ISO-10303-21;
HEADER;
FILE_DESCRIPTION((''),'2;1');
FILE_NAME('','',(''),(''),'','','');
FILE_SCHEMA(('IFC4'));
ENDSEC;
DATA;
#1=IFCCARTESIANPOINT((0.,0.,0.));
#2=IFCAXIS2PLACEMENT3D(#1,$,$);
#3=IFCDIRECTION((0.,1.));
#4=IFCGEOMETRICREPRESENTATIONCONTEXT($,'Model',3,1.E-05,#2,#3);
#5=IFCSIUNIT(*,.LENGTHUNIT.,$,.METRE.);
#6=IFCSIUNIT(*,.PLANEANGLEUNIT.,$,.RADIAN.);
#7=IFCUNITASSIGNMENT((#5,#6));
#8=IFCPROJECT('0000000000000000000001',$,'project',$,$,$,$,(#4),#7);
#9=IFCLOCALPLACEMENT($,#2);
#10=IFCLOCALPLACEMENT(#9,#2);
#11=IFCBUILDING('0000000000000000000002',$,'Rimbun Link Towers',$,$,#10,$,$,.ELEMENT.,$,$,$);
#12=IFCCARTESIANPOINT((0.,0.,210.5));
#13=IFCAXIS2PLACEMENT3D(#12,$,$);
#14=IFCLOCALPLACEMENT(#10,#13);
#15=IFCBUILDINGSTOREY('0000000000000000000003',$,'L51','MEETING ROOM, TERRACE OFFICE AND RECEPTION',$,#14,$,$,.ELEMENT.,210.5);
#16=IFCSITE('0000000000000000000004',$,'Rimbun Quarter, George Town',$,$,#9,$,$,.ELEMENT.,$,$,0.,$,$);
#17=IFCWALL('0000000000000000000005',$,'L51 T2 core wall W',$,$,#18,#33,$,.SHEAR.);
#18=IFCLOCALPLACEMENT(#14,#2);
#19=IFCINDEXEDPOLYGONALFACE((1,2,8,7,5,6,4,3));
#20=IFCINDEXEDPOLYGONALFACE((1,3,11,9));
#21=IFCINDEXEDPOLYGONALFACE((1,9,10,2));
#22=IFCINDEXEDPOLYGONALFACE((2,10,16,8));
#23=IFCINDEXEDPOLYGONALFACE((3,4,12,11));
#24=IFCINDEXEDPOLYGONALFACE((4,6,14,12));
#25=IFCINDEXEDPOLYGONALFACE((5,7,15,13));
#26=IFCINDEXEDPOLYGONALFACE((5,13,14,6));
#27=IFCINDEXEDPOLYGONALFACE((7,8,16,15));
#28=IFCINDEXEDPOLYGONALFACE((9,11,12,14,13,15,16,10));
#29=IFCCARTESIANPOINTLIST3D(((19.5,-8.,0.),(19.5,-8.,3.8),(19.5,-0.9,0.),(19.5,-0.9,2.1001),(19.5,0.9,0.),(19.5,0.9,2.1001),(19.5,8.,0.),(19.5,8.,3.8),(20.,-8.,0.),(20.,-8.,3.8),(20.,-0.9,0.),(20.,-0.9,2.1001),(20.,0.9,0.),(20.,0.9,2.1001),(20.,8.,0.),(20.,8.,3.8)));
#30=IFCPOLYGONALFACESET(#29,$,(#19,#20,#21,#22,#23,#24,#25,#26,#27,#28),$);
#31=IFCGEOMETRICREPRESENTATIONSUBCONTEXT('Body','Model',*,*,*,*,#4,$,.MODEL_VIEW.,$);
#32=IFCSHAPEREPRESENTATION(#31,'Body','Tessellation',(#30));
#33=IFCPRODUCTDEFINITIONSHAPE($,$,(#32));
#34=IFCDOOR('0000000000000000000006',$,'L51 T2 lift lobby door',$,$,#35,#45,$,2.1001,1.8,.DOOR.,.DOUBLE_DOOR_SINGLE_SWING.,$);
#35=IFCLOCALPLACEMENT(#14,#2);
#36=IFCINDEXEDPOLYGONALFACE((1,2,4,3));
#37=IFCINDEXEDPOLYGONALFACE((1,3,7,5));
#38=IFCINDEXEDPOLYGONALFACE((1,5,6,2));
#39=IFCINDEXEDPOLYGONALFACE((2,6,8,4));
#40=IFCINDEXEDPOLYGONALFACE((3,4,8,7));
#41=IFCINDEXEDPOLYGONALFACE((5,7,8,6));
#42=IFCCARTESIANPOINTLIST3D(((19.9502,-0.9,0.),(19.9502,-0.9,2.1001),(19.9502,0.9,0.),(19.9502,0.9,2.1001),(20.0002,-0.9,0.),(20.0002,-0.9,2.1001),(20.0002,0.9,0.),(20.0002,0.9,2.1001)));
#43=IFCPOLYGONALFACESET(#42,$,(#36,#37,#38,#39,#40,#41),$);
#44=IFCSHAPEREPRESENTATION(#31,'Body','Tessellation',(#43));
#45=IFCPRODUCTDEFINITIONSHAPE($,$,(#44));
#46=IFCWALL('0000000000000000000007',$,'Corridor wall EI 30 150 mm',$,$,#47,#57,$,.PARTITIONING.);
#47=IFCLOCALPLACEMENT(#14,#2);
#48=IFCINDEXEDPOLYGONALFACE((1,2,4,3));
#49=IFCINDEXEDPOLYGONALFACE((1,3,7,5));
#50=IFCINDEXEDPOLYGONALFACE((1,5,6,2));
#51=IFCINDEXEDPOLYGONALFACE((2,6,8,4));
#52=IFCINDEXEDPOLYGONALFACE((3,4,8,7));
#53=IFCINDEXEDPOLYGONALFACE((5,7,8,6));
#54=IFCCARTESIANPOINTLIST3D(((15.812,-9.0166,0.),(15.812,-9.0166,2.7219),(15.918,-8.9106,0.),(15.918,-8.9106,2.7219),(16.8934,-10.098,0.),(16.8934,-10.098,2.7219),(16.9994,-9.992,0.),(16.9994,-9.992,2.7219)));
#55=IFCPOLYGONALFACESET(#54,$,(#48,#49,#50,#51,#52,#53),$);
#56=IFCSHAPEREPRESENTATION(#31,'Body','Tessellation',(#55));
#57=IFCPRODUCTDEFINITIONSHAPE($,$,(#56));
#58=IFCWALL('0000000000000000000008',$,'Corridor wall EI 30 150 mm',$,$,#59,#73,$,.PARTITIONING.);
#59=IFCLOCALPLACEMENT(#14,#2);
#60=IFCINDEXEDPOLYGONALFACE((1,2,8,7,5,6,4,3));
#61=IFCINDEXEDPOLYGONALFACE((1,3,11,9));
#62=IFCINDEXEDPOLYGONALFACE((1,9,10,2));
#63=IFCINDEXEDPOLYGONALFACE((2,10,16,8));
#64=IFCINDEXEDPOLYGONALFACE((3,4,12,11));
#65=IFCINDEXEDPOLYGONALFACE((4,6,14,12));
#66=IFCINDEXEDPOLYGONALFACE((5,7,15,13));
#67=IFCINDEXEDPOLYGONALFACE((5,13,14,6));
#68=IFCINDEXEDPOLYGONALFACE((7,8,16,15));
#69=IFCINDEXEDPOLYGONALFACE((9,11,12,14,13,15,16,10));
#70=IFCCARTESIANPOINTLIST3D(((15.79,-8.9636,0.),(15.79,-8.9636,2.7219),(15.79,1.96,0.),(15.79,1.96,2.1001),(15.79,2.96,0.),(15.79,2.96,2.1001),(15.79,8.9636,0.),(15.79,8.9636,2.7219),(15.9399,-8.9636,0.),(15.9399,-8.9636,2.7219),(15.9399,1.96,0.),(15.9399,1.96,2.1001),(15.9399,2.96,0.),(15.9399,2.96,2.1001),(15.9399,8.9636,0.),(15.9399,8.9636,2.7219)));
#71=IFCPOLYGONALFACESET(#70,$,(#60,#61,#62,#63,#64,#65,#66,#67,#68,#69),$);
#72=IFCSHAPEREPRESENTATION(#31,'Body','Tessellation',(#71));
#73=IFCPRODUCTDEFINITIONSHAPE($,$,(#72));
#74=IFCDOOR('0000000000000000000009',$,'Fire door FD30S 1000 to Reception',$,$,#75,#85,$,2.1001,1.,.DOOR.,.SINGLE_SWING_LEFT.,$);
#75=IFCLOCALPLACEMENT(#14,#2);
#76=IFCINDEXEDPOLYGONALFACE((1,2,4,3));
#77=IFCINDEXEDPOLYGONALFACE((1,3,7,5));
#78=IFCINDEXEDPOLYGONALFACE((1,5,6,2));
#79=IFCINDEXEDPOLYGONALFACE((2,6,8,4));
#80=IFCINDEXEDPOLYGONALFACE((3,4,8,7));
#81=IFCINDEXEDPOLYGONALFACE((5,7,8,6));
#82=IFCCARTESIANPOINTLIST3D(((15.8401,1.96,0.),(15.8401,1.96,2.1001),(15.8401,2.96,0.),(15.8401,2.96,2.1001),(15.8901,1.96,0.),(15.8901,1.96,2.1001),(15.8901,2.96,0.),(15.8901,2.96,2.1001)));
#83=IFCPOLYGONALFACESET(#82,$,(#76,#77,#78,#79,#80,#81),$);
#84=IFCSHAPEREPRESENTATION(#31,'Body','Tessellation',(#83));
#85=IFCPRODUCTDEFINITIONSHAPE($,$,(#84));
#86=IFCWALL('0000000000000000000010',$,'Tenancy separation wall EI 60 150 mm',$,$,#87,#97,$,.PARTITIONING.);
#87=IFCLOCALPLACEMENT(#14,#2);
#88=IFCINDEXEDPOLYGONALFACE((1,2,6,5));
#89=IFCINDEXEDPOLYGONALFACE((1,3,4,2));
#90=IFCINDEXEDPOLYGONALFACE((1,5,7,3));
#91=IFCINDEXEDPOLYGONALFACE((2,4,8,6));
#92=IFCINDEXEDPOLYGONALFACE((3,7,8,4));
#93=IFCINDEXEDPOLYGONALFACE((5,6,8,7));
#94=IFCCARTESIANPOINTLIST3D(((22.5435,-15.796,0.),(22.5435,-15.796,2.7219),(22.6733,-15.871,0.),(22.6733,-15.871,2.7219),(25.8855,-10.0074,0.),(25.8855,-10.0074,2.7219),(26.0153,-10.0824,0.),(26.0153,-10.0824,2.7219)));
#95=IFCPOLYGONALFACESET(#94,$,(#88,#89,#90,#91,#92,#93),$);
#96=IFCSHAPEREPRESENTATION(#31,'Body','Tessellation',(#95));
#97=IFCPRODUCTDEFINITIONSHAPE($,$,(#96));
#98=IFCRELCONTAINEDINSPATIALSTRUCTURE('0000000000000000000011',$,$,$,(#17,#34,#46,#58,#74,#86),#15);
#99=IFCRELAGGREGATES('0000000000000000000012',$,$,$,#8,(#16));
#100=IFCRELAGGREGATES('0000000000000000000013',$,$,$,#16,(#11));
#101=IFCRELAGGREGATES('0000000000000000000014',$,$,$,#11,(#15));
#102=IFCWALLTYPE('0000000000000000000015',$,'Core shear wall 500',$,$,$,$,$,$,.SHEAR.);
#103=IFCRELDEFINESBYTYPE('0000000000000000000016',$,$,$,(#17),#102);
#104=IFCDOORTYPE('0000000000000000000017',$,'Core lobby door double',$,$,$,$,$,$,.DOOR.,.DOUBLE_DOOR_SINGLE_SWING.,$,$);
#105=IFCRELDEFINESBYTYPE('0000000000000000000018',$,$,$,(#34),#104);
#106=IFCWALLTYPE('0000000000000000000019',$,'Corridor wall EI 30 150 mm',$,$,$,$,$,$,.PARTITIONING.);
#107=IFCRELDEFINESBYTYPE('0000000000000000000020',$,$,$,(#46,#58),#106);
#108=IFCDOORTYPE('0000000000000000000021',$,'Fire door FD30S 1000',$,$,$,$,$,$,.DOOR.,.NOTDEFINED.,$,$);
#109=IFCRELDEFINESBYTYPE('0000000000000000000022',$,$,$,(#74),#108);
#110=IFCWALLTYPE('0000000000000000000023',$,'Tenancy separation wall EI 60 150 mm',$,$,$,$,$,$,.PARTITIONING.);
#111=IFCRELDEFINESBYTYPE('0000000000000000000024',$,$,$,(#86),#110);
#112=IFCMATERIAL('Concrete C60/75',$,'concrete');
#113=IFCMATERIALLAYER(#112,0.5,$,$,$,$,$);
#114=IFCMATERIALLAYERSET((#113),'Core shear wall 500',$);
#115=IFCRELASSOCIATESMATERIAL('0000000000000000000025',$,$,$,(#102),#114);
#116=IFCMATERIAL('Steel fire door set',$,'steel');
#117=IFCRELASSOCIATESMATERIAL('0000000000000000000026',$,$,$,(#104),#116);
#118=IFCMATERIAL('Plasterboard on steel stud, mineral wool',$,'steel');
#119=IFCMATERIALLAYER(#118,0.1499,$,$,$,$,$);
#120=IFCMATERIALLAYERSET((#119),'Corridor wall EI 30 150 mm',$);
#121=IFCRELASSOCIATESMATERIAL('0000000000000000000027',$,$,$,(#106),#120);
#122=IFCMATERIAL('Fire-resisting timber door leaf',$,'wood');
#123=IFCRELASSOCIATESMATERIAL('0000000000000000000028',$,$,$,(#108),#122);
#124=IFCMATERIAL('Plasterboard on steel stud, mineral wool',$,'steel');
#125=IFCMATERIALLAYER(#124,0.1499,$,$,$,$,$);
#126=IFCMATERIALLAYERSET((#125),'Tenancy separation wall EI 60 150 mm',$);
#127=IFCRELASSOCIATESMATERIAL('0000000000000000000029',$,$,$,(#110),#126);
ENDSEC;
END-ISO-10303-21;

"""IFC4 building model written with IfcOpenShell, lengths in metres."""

from ifc_helpers import new_model, si_unit, direction, frame, frame_2d, origin, place, context, subcontext, project, spatial, rectangle, extrude, material, layer, layer_set, type_object, element, fill, save


model = new_model("IFC4")

# Units and contexts
model_context = context("Model", 3, precision=1e-05, world=origin(), true_north=direction((0.0, 1.0)))
body_context = subcontext(model_context, "Body", "Model", "MODEL_VIEW")
ifc_project = project(units=[si_unit("LENGTHUNIT", "METRE"), si_unit("PLANEANGLEUNIT", "RADIAN")], contexts=[model_context])

# Site, building, storey
site_placement = place(None, origin())
site = spatial("IfcSite", under=ifc_project, at=site_placement, Name="Rimbun Quarter, George Town", CompositionType="ELEMENT", RefElevation=0.0)
building_placement = place(site_placement, origin())
building = spatial("IfcBuilding", under=site, at=building_placement, Name="Rimbun Link Towers", CompositionType="ELEMENT")
storey_placement = place(building_placement, frame((0.0, 0.0, 210.5)))
storey = spatial("IfcBuildingStorey", under=building, at=storey_placement, Name="L51", Description="MEETING ROOM, TERRACE OFFICE AND RECEPTION", CompositionType="ELEMENT", Elevation=210.5)

# Shared definitions
ifc_material_1 = material(Name="Concrete C60/75", Category="concrete")
ifc_layer_1 = layer(ifc_material_1, 0.5)
ifc_layer_set_1 = layer_set([ifc_layer_1], Name="Core shear wall 500")
wall_type_1 = type_object("IfcWallType", Name="Core shear wall 500", PredefinedType="SHEAR", material=ifc_layer_set_1)

# Wall, opening, door
wall_1_placement = place(storey_placement, frame((19.75, -8.0, 0.0), z_axis=(0.0, 0.0, 1.0), x_axis=(0.0, 1.0, 0.0)))
wall_1 = element("IfcWall", 1, at=wall_1_placement, inside=storey, type_object=wall_type_1, Name="L51 T2 core wall W", PredefinedType="SHEAR", context=body_context, shape_type="SweptSolid", body=[
    extrude(rectangle(XDim=16.0, YDim=0.5, at=frame_2d((8.0, 0.0))), origin(), (0.0, 0.0, 1.0), 3.8),
])
opening_1_placement = place(wall_1_placement, frame((7.1001, 0.0, 0.0)))
opening_1 = element("IfcOpeningElement", 2, at=opening_1_placement, cuts=wall_1, PredefinedType="OPENING", context=body_context, shape_type="SweptSolid", body=[
    extrude(rectangle(XDim=1.8, YDim=2.1001, at=frame_2d((0.8999, 1.05))), frame((0.0, 0.26, 0.0), z_axis=(0.0, -1.0, 0.0), x_axis=(1.0, 0.0, 0.0)), (0.0, 0.0, 1.0), 0.52),
])
ifc_material_2 = material(Name="Steel fire door set", Category="steel")
door_type_1 = type_object("IfcDoorType", Name="Core lobby door double", OperationType="DOUBLE_DOOR_SINGLE_SWING", PredefinedType="DOOR", material=ifc_material_2)
door_1_placement = place(opening_1_placement, origin())
door_1 = element("IfcDoor", 3, at=door_1_placement, inside=storey, type_object=door_type_1, Name="L51 T2 lift lobby door", OperationType="DOUBLE_DOOR_SINGLE_SWING", OverallHeight=2.1001, OverallWidth=1.8, PredefinedType="DOOR", context=body_context, shape_type="SweptSolid", body=[
    extrude(rectangle(XDim=1.8, YDim=2.1001, at=frame_2d((0.8999, 1.05))), frame((0.0, -0.2002, 0.0), z_axis=(0.0, -1.0, 0.0), x_axis=(1.0, 0.0, 0.0)), (0.0, 0.0, 1.0), 0.05),
])
fill(opening_1, door_1)

# Wall
ifc_material_3 = material(Name="Plasterboard on steel stud, mineral wool", Category="steel")
ifc_layer_2 = layer(ifc_material_3, 0.1499)
ifc_layer_set_2 = layer_set([ifc_layer_2], Name="Corridor wall EI 30 150 mm")
wall_type_2 = type_object("IfcWallType", Name="Corridor wall EI 30 150 mm", PredefinedType="PARTITIONING", material=ifc_layer_set_2)
wall_2_placement = place(storey_placement, frame((15.865, -8.9636, 0.0), z_axis=(0.0, 0.0, 1.0), x_axis=(0.707107, -0.707107, 0.0)))
element("IfcWall", 4, at=wall_2_placement, inside=storey, type_object=wall_type_2, Name="Corridor wall EI 30 150 mm", PredefinedType="PARTITIONING", context=body_context, shape_type="SweptSolid", body=[
    extrude(rectangle(XDim=1.5293, YDim=0.1499, at=frame_2d((0.7646, 0.0))), origin(), (0.0, 0.0, 1.0), 2.7219),
])

# Wall, opening, door
wall_3_placement = place(storey_placement, frame((15.865, -8.9636, 0.0), z_axis=(0.0, 0.0, 1.0), x_axis=(0.0, 1.0, 0.0)))
wall_3 = element("IfcWall", 5, at=wall_3_placement, inside=storey, type_object=wall_type_2, Name="Corridor wall EI 30 150 mm", PredefinedType="PARTITIONING", context=body_context, shape_type="SweptSolid", body=[
    extrude(rectangle(XDim=17.9272, YDim=0.1499, at=frame_2d((8.9636, 0.0))), origin(), (0.0, 0.0, 1.0), 2.7219),
])
opening_2_placement = place(wall_3_placement, frame((10.9236, 0.0, 0.0)))
opening_2 = element("IfcOpeningElement", 6, at=opening_2_placement, cuts=wall_3, PredefinedType="OPENING", context=body_context, shape_type="SweptSolid", body=[
    extrude(rectangle(XDim=1.0, YDim=2.1001, at=frame_2d((0.5, 1.05))), frame((0.0, 0.085, 0.0), z_axis=(0.0, -1.0, 0.0), x_axis=(1.0, 0.0, 0.0)), (0.0, 0.0, 1.0), 0.1699),
])
ifc_material_4 = material(Name="Fire-resisting timber door leaf", Category="wood")
door_type_2 = type_object("IfcDoorType", Name="Fire door FD30S 1000", OperationType="NOTDEFINED", PredefinedType="DOOR", material=ifc_material_4)
door_2_placement = place(opening_2_placement, origin())
door_2 = element("IfcDoor", 7, at=door_2_placement, inside=storey, type_object=door_type_2, Name="Fire door FD30S 1000 to Reception", OperationType="SINGLE_SWING_LEFT", OverallHeight=2.1001, OverallWidth=1.0, PredefinedType="DOOR", context=body_context, shape_type="SweptSolid", body=[
    extrude(rectangle(XDim=1.0, YDim=2.1001, at=frame_2d((0.5, 1.05))), frame((0.0, 0.0249, 0.0), z_axis=(0.0, -1.0, 0.0), x_axis=(1.0, 0.0, 0.0)), (0.0, 0.0, 1.0), 0.05),
])
fill(opening_2, door_2)

# Wall
ifc_material_5 = material(Name="Plasterboard on steel stud, mineral wool", Category="steel")
ifc_layer_3 = layer(ifc_material_5, 0.1499)
ifc_layer_set_3 = layer_set([ifc_layer_3], Name="Tenancy separation wall EI 60 150 mm")
wall_type_3 = type_object("IfcWallType", Name="Tenancy separation wall EI 60 150 mm", PredefinedType="PARTITIONING", material=ifc_layer_set_3)
wall_4_placement = place(storey_placement, frame((25.9504, -10.0449, 0.0), z_axis=(0.0, 0.0, 1.0), x_axis=(-0.500001, -0.866025, 0.0)))
element("IfcWall", 8, at=wall_4_placement, inside=storey, type_object=wall_type_3, Name="Tenancy separation wall EI 60 150 mm", PredefinedType="PARTITIONING", context=body_context, shape_type="SweptSolid", body=[
    extrude(rectangle(XDim=6.6841, YDim=0.1499, at=frame_2d((3.342, 0.0))), origin(), (0.0, 0.0, 1.0), 2.7219),
])

save(model, "model.ifc")
